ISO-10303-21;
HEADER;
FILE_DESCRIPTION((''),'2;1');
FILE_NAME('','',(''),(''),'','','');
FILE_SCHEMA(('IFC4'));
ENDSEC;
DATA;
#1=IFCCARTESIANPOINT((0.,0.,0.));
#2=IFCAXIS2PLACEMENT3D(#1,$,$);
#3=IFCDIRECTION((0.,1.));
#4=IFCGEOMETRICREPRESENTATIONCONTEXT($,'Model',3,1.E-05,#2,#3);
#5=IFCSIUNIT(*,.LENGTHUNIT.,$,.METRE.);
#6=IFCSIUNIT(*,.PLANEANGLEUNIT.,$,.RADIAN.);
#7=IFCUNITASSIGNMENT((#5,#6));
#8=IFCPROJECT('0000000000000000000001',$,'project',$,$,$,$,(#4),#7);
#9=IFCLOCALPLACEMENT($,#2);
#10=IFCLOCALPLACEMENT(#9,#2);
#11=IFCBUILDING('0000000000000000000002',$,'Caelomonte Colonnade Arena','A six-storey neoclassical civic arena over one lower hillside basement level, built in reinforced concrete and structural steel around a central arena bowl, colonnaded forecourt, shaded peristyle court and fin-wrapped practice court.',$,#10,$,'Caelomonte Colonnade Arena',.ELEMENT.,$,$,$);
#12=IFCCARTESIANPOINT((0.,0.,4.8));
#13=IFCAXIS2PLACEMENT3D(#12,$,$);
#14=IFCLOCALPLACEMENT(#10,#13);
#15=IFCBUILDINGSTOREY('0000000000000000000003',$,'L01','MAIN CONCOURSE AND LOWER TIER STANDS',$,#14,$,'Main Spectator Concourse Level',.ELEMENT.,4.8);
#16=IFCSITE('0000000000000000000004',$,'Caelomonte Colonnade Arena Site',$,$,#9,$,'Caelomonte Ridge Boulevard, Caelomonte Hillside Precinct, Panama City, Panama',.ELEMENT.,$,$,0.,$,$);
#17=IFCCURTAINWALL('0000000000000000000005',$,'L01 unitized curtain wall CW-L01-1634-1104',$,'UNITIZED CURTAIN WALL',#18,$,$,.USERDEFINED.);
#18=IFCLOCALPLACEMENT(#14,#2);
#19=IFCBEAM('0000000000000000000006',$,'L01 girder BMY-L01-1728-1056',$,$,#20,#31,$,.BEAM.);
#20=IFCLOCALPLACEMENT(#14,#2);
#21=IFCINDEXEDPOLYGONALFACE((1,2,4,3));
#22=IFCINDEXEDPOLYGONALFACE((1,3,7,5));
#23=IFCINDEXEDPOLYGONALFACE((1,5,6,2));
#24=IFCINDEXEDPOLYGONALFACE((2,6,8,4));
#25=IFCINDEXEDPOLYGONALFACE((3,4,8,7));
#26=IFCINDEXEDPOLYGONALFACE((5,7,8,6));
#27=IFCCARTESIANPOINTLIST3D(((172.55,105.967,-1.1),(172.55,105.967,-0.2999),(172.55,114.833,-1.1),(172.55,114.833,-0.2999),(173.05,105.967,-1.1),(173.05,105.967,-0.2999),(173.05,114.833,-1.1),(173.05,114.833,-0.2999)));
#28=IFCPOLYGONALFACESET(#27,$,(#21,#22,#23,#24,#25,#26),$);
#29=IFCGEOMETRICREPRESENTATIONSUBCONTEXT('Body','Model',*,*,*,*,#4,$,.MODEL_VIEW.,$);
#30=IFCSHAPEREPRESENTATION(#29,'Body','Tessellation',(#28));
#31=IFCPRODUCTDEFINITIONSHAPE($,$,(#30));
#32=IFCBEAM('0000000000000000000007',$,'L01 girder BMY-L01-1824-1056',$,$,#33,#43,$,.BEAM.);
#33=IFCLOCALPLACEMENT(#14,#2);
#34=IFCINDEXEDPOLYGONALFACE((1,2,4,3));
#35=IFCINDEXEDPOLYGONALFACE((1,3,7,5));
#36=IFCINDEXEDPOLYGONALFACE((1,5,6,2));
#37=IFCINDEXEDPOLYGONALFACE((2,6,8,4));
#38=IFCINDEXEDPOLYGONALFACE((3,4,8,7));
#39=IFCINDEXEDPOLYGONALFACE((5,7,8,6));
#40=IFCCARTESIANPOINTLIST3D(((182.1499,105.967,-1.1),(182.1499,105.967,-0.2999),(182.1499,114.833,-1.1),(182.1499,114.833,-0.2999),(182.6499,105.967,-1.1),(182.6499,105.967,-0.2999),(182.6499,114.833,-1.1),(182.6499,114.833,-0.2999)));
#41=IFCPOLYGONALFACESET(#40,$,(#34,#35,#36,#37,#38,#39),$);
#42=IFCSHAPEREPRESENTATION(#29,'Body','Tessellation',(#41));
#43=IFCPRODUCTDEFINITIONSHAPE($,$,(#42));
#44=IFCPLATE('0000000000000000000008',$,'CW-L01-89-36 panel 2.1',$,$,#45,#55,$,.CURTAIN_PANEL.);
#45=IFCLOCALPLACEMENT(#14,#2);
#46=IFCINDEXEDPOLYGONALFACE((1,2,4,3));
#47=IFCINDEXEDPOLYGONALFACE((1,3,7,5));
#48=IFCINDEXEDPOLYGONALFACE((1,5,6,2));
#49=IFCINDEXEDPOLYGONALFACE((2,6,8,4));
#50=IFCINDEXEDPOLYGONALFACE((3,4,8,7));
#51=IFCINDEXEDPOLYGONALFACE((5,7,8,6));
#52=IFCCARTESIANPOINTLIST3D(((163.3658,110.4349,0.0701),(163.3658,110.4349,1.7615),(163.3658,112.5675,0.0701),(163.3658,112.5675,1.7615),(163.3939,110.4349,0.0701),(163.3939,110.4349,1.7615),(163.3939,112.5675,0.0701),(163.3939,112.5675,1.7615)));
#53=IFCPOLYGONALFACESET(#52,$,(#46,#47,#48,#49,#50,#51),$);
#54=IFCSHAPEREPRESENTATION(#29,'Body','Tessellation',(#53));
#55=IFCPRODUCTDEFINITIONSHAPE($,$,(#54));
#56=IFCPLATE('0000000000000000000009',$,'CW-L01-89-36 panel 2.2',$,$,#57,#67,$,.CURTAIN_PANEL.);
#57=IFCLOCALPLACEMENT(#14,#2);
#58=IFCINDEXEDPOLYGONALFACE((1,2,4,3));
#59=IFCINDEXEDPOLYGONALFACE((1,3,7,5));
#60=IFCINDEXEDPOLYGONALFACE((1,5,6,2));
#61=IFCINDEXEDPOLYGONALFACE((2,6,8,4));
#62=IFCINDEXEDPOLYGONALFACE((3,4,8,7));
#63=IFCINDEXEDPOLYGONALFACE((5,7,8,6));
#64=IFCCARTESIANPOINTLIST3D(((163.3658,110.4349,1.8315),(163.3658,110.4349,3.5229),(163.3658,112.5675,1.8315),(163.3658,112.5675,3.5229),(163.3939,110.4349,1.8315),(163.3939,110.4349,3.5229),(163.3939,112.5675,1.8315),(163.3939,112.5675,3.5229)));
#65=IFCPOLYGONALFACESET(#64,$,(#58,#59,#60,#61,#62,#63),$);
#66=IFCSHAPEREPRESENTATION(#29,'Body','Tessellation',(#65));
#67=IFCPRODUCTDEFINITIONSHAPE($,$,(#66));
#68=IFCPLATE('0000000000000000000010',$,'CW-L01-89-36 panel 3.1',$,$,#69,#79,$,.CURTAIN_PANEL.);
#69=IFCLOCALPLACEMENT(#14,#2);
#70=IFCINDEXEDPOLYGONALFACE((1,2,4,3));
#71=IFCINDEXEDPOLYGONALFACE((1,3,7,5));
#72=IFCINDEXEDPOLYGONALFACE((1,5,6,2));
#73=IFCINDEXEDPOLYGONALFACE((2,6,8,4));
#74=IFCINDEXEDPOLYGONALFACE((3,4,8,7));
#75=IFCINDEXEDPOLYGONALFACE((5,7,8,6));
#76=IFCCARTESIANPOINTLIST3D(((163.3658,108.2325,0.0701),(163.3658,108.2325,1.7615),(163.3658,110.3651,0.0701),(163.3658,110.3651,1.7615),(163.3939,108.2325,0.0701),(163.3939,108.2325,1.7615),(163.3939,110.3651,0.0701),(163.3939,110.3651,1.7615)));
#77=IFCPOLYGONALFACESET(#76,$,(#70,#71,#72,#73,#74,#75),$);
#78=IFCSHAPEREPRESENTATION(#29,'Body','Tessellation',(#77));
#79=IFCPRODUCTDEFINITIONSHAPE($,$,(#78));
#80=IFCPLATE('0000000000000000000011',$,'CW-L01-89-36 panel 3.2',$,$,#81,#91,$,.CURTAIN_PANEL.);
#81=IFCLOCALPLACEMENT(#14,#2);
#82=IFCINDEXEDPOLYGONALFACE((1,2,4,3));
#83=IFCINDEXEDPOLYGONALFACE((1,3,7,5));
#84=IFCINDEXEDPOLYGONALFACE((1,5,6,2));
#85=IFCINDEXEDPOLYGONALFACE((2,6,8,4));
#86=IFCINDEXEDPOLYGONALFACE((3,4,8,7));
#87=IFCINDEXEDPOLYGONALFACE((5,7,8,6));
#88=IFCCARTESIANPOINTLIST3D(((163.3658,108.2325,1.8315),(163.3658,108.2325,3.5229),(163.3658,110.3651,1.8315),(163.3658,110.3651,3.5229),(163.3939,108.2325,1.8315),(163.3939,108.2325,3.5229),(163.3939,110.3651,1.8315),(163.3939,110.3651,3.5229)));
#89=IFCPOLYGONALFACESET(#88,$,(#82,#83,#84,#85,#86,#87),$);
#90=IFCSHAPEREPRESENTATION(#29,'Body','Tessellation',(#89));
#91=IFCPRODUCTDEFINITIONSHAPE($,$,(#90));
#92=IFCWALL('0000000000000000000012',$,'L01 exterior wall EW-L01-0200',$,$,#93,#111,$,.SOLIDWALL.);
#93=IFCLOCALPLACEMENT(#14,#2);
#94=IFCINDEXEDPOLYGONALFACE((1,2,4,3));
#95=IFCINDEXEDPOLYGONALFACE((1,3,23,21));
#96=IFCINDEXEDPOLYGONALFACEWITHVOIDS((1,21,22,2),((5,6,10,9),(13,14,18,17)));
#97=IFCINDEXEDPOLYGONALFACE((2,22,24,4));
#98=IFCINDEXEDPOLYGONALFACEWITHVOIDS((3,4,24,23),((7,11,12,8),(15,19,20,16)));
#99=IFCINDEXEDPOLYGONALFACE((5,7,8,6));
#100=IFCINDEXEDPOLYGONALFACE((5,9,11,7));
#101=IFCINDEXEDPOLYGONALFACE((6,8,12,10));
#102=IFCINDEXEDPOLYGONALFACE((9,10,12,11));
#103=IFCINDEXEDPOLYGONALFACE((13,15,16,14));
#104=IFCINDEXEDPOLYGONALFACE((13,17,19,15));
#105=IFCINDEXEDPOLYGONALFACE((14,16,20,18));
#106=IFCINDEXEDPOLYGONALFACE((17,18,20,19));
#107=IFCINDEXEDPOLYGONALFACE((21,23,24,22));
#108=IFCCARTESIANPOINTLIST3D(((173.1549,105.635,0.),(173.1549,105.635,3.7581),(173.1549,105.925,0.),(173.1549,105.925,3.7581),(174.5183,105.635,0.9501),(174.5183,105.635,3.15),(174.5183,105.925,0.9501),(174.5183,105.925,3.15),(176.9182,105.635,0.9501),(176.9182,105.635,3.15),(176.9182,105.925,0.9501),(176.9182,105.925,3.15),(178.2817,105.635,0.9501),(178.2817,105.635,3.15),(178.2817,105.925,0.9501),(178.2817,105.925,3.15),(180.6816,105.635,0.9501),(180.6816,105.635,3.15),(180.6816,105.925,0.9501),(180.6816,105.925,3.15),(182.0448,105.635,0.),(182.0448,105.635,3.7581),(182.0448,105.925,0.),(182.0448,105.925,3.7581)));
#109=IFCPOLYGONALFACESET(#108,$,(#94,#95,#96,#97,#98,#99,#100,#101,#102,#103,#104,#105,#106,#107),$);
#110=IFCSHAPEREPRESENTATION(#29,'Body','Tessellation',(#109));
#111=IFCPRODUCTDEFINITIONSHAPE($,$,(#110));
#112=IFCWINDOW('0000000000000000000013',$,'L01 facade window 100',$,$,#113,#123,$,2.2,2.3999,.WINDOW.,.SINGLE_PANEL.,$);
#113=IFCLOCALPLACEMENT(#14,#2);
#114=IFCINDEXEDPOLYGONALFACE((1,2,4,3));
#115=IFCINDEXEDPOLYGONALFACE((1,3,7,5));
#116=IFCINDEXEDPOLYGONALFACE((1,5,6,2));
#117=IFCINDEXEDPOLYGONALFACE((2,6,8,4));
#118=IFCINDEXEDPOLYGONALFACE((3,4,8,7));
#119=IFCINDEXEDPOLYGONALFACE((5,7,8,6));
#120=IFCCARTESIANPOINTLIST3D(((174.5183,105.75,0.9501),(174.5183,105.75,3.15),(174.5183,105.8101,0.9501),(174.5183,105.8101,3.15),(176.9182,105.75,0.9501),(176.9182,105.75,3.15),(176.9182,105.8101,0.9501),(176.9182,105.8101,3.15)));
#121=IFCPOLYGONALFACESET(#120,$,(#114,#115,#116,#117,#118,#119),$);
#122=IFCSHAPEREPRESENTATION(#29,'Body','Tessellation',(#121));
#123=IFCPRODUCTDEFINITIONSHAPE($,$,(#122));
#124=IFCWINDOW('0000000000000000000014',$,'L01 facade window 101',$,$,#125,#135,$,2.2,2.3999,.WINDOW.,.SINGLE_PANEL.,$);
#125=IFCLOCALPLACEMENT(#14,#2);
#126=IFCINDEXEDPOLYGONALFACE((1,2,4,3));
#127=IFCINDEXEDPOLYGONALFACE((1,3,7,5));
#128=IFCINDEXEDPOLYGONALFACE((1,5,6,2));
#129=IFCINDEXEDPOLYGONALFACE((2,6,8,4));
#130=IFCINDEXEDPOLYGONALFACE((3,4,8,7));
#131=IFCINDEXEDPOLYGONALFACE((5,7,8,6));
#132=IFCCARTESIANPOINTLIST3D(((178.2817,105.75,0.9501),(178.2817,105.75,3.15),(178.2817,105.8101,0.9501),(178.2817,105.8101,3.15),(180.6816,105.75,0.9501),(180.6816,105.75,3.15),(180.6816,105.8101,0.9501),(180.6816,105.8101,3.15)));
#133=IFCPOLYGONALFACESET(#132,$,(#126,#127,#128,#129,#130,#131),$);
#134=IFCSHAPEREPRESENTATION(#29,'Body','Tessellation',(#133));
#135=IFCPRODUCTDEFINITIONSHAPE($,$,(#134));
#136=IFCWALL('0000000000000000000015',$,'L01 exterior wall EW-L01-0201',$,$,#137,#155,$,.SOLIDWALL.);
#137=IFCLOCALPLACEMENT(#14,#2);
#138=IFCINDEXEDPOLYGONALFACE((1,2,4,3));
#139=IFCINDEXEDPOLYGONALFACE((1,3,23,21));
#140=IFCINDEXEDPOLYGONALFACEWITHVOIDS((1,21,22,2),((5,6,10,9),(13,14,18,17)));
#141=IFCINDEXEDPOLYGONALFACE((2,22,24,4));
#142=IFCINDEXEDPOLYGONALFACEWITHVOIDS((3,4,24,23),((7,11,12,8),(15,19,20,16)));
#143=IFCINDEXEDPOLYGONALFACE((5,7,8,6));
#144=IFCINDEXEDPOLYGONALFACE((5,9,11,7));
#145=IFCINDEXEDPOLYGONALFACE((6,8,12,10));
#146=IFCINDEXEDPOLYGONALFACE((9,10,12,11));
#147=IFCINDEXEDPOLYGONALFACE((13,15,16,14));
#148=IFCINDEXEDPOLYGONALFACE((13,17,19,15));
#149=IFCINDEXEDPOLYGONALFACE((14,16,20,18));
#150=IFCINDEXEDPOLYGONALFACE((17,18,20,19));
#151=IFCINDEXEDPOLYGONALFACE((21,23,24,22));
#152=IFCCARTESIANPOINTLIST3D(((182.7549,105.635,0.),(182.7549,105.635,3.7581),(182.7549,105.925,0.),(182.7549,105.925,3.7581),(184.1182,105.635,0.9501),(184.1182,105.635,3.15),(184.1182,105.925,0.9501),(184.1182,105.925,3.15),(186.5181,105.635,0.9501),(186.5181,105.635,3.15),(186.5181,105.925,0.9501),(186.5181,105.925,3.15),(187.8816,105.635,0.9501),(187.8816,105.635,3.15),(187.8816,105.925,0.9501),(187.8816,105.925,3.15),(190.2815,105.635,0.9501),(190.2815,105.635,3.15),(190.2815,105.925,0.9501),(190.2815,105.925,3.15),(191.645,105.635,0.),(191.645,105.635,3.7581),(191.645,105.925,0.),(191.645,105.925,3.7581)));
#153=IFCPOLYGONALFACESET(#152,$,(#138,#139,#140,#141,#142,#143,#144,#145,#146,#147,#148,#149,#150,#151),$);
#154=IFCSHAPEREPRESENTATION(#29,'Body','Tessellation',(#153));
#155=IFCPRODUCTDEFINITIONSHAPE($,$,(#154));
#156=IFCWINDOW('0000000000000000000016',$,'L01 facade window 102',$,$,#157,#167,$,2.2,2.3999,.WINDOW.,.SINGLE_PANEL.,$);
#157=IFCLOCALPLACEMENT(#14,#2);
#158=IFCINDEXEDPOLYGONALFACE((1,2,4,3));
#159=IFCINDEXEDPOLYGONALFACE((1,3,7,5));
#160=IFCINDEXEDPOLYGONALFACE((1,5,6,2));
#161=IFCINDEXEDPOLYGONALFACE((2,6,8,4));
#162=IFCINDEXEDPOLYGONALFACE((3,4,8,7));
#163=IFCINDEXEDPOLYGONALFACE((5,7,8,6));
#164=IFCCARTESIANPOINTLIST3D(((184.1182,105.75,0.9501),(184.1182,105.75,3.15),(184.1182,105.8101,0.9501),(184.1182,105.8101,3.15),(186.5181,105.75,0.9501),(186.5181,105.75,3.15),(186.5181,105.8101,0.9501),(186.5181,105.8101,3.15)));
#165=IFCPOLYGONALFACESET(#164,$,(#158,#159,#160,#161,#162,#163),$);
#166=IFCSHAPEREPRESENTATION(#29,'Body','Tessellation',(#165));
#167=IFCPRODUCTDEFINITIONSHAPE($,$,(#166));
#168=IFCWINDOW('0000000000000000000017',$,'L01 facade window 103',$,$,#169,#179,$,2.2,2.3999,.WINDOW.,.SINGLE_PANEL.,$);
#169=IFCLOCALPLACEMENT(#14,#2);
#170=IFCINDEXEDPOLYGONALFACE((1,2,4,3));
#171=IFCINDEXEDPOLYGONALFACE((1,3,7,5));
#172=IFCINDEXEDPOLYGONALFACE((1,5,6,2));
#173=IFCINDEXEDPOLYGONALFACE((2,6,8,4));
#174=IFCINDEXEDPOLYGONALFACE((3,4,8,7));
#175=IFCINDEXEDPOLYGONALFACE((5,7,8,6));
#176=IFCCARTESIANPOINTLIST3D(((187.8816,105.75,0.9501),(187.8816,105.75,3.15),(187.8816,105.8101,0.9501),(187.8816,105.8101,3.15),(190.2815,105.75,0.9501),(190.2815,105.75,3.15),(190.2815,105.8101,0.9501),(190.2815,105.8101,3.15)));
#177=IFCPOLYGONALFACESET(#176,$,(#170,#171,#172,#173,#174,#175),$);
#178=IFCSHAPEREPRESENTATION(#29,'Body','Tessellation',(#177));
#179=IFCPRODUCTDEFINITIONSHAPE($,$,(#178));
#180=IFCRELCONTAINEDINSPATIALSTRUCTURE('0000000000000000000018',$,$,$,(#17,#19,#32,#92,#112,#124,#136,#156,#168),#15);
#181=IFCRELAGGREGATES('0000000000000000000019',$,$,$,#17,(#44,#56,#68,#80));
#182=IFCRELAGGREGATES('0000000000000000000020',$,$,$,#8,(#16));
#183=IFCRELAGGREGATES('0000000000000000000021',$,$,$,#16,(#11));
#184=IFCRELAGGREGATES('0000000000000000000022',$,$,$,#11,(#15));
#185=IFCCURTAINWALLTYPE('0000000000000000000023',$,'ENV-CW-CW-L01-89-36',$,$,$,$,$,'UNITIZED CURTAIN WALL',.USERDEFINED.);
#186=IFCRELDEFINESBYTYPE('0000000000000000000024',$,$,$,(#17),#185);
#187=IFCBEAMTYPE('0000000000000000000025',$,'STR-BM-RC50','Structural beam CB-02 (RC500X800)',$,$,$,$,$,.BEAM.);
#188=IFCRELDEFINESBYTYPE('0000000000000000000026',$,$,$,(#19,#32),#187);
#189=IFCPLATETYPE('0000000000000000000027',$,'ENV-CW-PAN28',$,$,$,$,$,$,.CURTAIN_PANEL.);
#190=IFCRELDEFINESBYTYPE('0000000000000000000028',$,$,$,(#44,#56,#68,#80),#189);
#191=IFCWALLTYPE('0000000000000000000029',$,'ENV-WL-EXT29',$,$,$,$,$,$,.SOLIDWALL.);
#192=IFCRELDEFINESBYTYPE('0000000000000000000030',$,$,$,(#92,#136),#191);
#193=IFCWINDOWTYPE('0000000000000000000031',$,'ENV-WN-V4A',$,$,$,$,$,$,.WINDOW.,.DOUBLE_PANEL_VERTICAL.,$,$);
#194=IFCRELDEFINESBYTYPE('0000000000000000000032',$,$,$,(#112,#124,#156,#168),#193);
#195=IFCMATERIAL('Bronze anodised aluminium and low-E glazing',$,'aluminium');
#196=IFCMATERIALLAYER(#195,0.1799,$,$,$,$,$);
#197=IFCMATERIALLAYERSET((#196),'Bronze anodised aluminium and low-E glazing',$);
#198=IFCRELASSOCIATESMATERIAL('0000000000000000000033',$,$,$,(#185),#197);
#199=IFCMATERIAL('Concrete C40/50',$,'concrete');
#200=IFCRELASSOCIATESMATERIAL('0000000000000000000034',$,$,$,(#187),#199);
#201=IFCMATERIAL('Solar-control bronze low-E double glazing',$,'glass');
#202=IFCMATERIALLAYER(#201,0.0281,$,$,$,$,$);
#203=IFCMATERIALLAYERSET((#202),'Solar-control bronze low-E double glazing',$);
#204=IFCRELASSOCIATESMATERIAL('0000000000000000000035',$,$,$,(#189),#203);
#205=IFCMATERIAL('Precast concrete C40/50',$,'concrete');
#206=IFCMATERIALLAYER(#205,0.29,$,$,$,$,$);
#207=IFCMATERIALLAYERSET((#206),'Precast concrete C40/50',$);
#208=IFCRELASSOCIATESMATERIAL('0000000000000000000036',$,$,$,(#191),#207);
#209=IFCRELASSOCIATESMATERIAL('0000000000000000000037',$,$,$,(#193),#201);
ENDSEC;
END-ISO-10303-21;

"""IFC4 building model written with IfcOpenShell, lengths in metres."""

from ifc_helpers import new_model, si_unit, direction, frame, frame_2d, origin, origin_2d, place, context, subcontext, project, spatial, rectangle, extrude, material, layer, layer_set, material_profile, profile_set, type_object, element, fill, aggregate, save


model = new_model("IFC4")

# Units and contexts
model_context = context("Model", 3, precision=1e-05, world=origin(), true_north=direction((0.0, 1.0)))
body_context = subcontext(model_context, "Body", "Model", "MODEL_VIEW")
ifc_project = project(units=[si_unit("LENGTHUNIT", "METRE"), si_unit("PLANEANGLEUNIT", "RADIAN")], contexts=[model_context])

# Site, building, storey
site_placement = place(None, origin())
site = spatial("IfcSite", under=ifc_project, at=site_placement, Name="Caelomonte Colonnade Arena Site", LongName="Caelomonte Ridge Boulevard, Caelomonte Hillside Precinct, Panama City, Panama", CompositionType="ELEMENT", RefElevation=0.0)
building_placement = place(site_placement, origin())
building = spatial("IfcBuilding", under=site, at=building_placement, Name="Caelomonte Colonnade Arena", Description="A six-storey neoclassical civic arena over one lower hillside basement level, built in reinforced concrete and structural steel around a central arena bowl, colonnaded forecourt, shaded peristyle court and fin-wrapped practice court.", LongName="Caelomonte Colonnade Arena", CompositionType="ELEMENT")
storey_placement = place(building_placement, frame((0.0, 0.0, 4.8)))
storey = spatial("IfcBuildingStorey", under=building, at=storey_placement, Name="L01", Description="MAIN CONCOURSE AND LOWER TIER STANDS", LongName="Main Spectator Concourse Level", CompositionType="ELEMENT", Elevation=4.8)

# Shared definitions
ifc_material_1 = material(Name="Concrete C40/50", Category="concrete")

# Curtain wall
ifc_material_2 = material(Name="Bronze anodised aluminium and low-E glazing", Category="aluminium")
ifc_layer_1 = layer(ifc_material_2, 0.1799)
ifc_layer_set_1 = layer_set([ifc_layer_1], Name="Bronze anodised aluminium and low-E glazing")
curtain_wall_type = type_object("IfcCurtainWallType", Name="ENV-CW-CW-L01-89-36", ElementType="UNITIZED CURTAIN WALL", PredefinedType="USERDEFINED", material=ifc_layer_set_1)
curtain_wall_placement = place(storey_placement, origin())
curtain_wall = element("IfcCurtainWall", 1, at=curtain_wall_placement, inside=storey, type_object=curtain_wall_type, Name="L01 unitized curtain wall CW-L01-1634-1104", ObjectType="UNITIZED CURTAIN WALL", PredefinedType="USERDEFINED")

# Beams
ifc_material_profile_1 = material_profile(ifc_material_1, rectangle(XDim=0.5, YDim=0.8, at=origin_2d()), Name="RC500X800")
ifc_profile_set_1 = profile_set([ifc_material_profile_1], Name="Concrete C40/50")
beam_type_1 = type_object("IfcBeamType", Name="STR-BM-RC50", Description="Structural beam CB-02 (RC500X800)", PredefinedType="BEAM", material=ifc_profile_set_1)
for number, where, z_axis, x_axis, name in (
    (2, (172.8, 105.967, -0.7), (0.0, 1.0, 0.0), (-1.0, 0.0, 0.0), "L01 girder BMY-L01-1728-1056"),
    (3, (182.3999, 105.967, -0.7), (0.0, 1.0, 0.0), (-1.0, 0.0, 0.0), "L01 girder BMY-L01-1824-1056"),
):
    element("IfcBeam", number, at=place(storey_placement, frame(where, z_axis=z_axis, x_axis=x_axis)), inside=storey, type_object=beam_type_1, Name=name, PredefinedType="BEAM", context=body_context, shape_type="SweptSolid", body=[
        extrude(rectangle(XDim=0.5, YDim=0.8, at=origin_2d()), origin(), (0.0, 0.0, 1.0), 8.866),
    ])

# Plates
ifc_material_3 = material(Name="Solar-control bronze low-E double glazing", Category="glass")
ifc_layer_2 = layer(ifc_material_3, 0.0281)
ifc_layer_set_2 = layer_set([ifc_layer_2], Name="Solar-control bronze low-E double glazing")
plate_type = type_object("IfcPlateType", Name="ENV-CW-PAN28", PredefinedType="CURTAIN_PANEL", material=ifc_layer_set_2)
plate_1_placement = place(storey_placement, frame((163.3799, 111.5012, 0.0701), z_axis=(0.0, 0.0, 1.0), x_axis=(0.0, -1.0, 0.0)))
plate_1 = element("IfcPlate", 4, at=plate_1_placement, type_object=plate_type, Name="CW-L01-89-36 panel 2.1", PredefinedType="CURTAIN_PANEL", context=body_context, shape_type="SweptSolid", body=[
    extrude(rectangle(XDim=2.1326, YDim=0.0281, at=origin_2d()), origin(), (0.0, 0.0, 1.0), 1.6914),
])
plate_2_placement = place(storey_placement, frame((163.3799, 111.5012, 1.8315), z_axis=(0.0, 0.0, 1.0), x_axis=(0.0, -1.0, 0.0)))
plate_2 = element("IfcPlate", 5, at=plate_2_placement, type_object=plate_type, Name="CW-L01-89-36 panel 2.2", PredefinedType="CURTAIN_PANEL", context=body_context, shape_type="SweptSolid", body=[
    extrude(rectangle(XDim=2.1326, YDim=0.0281, at=origin_2d()), origin(), (0.0, 0.0, 1.0), 1.6914),
])
plate_3_placement = place(storey_placement, frame((163.3799, 109.2988, 0.0701), z_axis=(0.0, 0.0, 1.0), x_axis=(0.0, -1.0, 0.0)))
plate_3 = element("IfcPlate", 6, at=plate_3_placement, type_object=plate_type, Name="CW-L01-89-36 panel 3.1", PredefinedType="CURTAIN_PANEL", context=body_context, shape_type="SweptSolid", body=[
    extrude(rectangle(XDim=2.1326, YDim=0.0281, at=origin_2d()), origin(), (0.0, 0.0, 1.0), 1.6914),
])
plate_4_placement = place(storey_placement, frame((163.3799, 109.2988, 1.8315), z_axis=(0.0, 0.0, 1.0), x_axis=(0.0, -1.0, 0.0)))
plate_4 = element("IfcPlate", 7, at=plate_4_placement, type_object=plate_type, Name="CW-L01-89-36 panel 3.2", PredefinedType="CURTAIN_PANEL", context=body_context, shape_type="SweptSolid", body=[
    extrude(rectangle(XDim=2.1326, YDim=0.0281, at=origin_2d()), origin(), (0.0, 0.0, 1.0), 1.6914),
])
aggregate(curtain_wall, [plate_1, plate_2, plate_3, plate_4])

# Walls, openings, windows
ifc_material_4 = material(Name="Precast concrete C40/50", Category="concrete")
ifc_layer_3 = layer(ifc_material_4, 0.29)
ifc_layer_set_3 = layer_set([ifc_layer_3], Name="Precast concrete C40/50")
wall_type_1 = type_object("IfcWallType", Name="ENV-WL-EXT29", PredefinedType="SOLIDWALL", material=ifc_layer_set_3)
wall_1_placement = place(storey_placement, frame((173.155, 105.78, 0.0), z_axis=(0.0, 0.0, 1.0), x_axis=(1.0, 0.0, 0.0)))
wall_1 = element("IfcWall", 8, at=wall_1_placement, inside=storey, type_object=wall_type_1, Name="L01 exterior wall EW-L01-0200", PredefinedType="SOLIDWALL", context=body_context, shape_type="SweptSolid", body=[
    extrude(rectangle(XDim=8.8899, YDim=0.29, at=frame_2d((4.4448, 0.0))), origin(), (0.0, 0.0, 1.0), 3.7581),
])
opening_1_placement = place(wall_1_placement, frame((3.7632, 0.0, 0.95), z_axis=(0.0, 0.0, 1.0), x_axis=(-1.0, 0.0, 0.0)))
opening_1 = element("IfcOpeningElement", 9, at=opening_1_placement, cuts=wall_1, PredefinedType="OPENING", context=body_context, shape_type="SweptSolid", body=[
    extrude(rectangle(XDim=2.3999, YDim=2.2, at=frame_2d((1.2, 1.1001))), frame((0.0, 0.155, 0.0), z_axis=(0.0, -1.0, 0.0), x_axis=(1.0, 0.0, 0.0)), (0.0, 0.0, 1.0), 0.3101),
])
opening_2_placement = place(wall_1_placement, frame((7.5266, 0.0, 0.95), z_axis=(0.0, 0.0, 1.0), x_axis=(-1.0, 0.0, 0.0)))
opening_2 = element("IfcOpeningElement", 10, at=opening_2_placement, cuts=wall_1, PredefinedType="OPENING", context=body_context, shape_type="SweptSolid", body=[
    extrude(rectangle(XDim=2.3999, YDim=2.2, at=frame_2d((1.2, 1.1001))), frame((0.0, 0.155, 0.0), z_axis=(0.0, -1.0, 0.0), x_axis=(1.0, 0.0, 0.0)), (0.0, 0.0, 1.0), 0.3101),
])
window_type = type_object("IfcWindowType", Name="ENV-WN-V4A", PartitioningType="DOUBLE_PANEL_VERTICAL", PredefinedType="WINDOW", material=ifc_material_3)
window_1_placement = place(opening_1_placement, origin())
window_1 = element("IfcWindow", 11, at=window_1_placement, inside=storey, type_object=window_type, Name="L01 facade window 100", OverallHeight=2.2, OverallWidth=2.3999, PartitioningType="SINGLE_PANEL", PredefinedType="WINDOW", context=body_context, shape_type="SweptSolid", body=[
    extrude(rectangle(XDim=2.3999, YDim=2.2, at=frame_2d((1.2, 1.1001))), frame((0.0, 0.03, 0.0), z_axis=(0.0, -1.0, 0.0), x_axis=(1.0, 0.0, 0.0)), (0.0, 0.0, 1.0), 0.0601),
])
fill(opening_1, window_1)
window_2_placement = place(opening_2_placement, origin())
window_2 = element("IfcWindow", 12, at=window_2_placement, inside=storey, type_object=window_type, Name="L01 facade window 101", OverallHeight=2.2, OverallWidth=2.3999, PartitioningType="SINGLE_PANEL", PredefinedType="WINDOW", context=body_context, shape_type="SweptSolid", body=[
    extrude(rectangle(XDim=2.3999, YDim=2.2, at=frame_2d((1.2, 1.1001))), frame((0.0, 0.03, 0.0), z_axis=(0.0, -1.0, 0.0), x_axis=(1.0, 0.0, 0.0)), (0.0, 0.0, 1.0), 0.0601),
])
fill(opening_2, window_2)
wall_2_placement = place(storey_placement, frame((182.7549, 105.78, 0.0), z_axis=(0.0, 0.0, 1.0), x_axis=(1.0, 0.0, 0.0)))
wall_2 = element("IfcWall", 13, at=wall_2_placement, inside=storey, type_object=wall_type_1, Name="L01 exterior wall EW-L01-0201", PredefinedType="SOLIDWALL", context=body_context, shape_type="SweptSolid", body=[
    extrude(rectangle(XDim=8.8901, YDim=0.29, at=frame_2d((4.4451, 0.0))), origin(), (0.0, 0.0, 1.0), 3.7581),
])
opening_3_placement = place(wall_2_placement, frame((3.7632, 0.0, 0.95), z_axis=(0.0, 0.0, 1.0), x_axis=(-1.0, 0.0, 0.0)))
opening_3 = element("IfcOpeningElement", 14, at=opening_3_placement, cuts=wall_2, PredefinedType="OPENING", context=body_context, shape_type="SweptSolid", body=[
    extrude(rectangle(XDim=2.3999, YDim=2.2, at=frame_2d((1.2, 1.1001))), frame((0.0, 0.155, 0.0), z_axis=(0.0, -1.0, 0.0), x_axis=(1.0, 0.0, 0.0)), (0.0, 0.0, 1.0), 0.3101),
])
opening_4_placement = place(wall_2_placement, frame((7.5266, 0.0, 0.95), z_axis=(0.0, 0.0, 1.0), x_axis=(-1.0, 0.0, 0.0)))
opening_4 = element("IfcOpeningElement", 15, at=opening_4_placement, cuts=wall_2, PredefinedType="OPENING", context=body_context, shape_type="SweptSolid", body=[
    extrude(rectangle(XDim=2.3999, YDim=2.2, at=frame_2d((1.2, 1.1001))), frame((0.0, 0.155, 0.0), z_axis=(0.0, -1.0, 0.0), x_axis=(1.0, 0.0, 0.0)), (0.0, 0.0, 1.0), 0.3101),
])
window_3_placement = place(opening_3_placement, origin())
window_3 = element("IfcWindow", 16, at=window_3_placement, inside=storey, type_object=window_type, Name="L01 facade window 102", OverallHeight=2.2, OverallWidth=2.3999, PartitioningType="SINGLE_PANEL", PredefinedType="WINDOW", context=body_context, shape_type="SweptSolid", body=[
    extrude(rectangle(XDim=2.3999, YDim=2.2, at=frame_2d((1.2, 1.1001))), frame((0.0, 0.03, 0.0), z_axis=(0.0, -1.0, 0.0), x_axis=(1.0, 0.0, 0.0)), (0.0, 0.0, 1.0), 0.0601),
])
fill(opening_3, window_3)
window_4_placement = place(opening_4_placement, origin())
window_4 = element("IfcWindow", 17, at=window_4_placement, inside=storey, type_object=window_type, Name="L01 facade window 103", OverallHeight=2.2, OverallWidth=2.3999, PartitioningType="SINGLE_PANEL", PredefinedType="WINDOW", context=body_context, shape_type="SweptSolid", body=[
    extrude(rectangle(XDim=2.3999, YDim=2.2, at=frame_2d((1.2, 1.1001))), frame((0.0, 0.03, 0.0), z_axis=(0.0, -1.0, 0.0), x_axis=(1.0, 0.0, 0.0)), (0.0, 0.0, 1.0), 0.0601),
])
fill(opening_4, window_4)

save(model, "model.ifc")
